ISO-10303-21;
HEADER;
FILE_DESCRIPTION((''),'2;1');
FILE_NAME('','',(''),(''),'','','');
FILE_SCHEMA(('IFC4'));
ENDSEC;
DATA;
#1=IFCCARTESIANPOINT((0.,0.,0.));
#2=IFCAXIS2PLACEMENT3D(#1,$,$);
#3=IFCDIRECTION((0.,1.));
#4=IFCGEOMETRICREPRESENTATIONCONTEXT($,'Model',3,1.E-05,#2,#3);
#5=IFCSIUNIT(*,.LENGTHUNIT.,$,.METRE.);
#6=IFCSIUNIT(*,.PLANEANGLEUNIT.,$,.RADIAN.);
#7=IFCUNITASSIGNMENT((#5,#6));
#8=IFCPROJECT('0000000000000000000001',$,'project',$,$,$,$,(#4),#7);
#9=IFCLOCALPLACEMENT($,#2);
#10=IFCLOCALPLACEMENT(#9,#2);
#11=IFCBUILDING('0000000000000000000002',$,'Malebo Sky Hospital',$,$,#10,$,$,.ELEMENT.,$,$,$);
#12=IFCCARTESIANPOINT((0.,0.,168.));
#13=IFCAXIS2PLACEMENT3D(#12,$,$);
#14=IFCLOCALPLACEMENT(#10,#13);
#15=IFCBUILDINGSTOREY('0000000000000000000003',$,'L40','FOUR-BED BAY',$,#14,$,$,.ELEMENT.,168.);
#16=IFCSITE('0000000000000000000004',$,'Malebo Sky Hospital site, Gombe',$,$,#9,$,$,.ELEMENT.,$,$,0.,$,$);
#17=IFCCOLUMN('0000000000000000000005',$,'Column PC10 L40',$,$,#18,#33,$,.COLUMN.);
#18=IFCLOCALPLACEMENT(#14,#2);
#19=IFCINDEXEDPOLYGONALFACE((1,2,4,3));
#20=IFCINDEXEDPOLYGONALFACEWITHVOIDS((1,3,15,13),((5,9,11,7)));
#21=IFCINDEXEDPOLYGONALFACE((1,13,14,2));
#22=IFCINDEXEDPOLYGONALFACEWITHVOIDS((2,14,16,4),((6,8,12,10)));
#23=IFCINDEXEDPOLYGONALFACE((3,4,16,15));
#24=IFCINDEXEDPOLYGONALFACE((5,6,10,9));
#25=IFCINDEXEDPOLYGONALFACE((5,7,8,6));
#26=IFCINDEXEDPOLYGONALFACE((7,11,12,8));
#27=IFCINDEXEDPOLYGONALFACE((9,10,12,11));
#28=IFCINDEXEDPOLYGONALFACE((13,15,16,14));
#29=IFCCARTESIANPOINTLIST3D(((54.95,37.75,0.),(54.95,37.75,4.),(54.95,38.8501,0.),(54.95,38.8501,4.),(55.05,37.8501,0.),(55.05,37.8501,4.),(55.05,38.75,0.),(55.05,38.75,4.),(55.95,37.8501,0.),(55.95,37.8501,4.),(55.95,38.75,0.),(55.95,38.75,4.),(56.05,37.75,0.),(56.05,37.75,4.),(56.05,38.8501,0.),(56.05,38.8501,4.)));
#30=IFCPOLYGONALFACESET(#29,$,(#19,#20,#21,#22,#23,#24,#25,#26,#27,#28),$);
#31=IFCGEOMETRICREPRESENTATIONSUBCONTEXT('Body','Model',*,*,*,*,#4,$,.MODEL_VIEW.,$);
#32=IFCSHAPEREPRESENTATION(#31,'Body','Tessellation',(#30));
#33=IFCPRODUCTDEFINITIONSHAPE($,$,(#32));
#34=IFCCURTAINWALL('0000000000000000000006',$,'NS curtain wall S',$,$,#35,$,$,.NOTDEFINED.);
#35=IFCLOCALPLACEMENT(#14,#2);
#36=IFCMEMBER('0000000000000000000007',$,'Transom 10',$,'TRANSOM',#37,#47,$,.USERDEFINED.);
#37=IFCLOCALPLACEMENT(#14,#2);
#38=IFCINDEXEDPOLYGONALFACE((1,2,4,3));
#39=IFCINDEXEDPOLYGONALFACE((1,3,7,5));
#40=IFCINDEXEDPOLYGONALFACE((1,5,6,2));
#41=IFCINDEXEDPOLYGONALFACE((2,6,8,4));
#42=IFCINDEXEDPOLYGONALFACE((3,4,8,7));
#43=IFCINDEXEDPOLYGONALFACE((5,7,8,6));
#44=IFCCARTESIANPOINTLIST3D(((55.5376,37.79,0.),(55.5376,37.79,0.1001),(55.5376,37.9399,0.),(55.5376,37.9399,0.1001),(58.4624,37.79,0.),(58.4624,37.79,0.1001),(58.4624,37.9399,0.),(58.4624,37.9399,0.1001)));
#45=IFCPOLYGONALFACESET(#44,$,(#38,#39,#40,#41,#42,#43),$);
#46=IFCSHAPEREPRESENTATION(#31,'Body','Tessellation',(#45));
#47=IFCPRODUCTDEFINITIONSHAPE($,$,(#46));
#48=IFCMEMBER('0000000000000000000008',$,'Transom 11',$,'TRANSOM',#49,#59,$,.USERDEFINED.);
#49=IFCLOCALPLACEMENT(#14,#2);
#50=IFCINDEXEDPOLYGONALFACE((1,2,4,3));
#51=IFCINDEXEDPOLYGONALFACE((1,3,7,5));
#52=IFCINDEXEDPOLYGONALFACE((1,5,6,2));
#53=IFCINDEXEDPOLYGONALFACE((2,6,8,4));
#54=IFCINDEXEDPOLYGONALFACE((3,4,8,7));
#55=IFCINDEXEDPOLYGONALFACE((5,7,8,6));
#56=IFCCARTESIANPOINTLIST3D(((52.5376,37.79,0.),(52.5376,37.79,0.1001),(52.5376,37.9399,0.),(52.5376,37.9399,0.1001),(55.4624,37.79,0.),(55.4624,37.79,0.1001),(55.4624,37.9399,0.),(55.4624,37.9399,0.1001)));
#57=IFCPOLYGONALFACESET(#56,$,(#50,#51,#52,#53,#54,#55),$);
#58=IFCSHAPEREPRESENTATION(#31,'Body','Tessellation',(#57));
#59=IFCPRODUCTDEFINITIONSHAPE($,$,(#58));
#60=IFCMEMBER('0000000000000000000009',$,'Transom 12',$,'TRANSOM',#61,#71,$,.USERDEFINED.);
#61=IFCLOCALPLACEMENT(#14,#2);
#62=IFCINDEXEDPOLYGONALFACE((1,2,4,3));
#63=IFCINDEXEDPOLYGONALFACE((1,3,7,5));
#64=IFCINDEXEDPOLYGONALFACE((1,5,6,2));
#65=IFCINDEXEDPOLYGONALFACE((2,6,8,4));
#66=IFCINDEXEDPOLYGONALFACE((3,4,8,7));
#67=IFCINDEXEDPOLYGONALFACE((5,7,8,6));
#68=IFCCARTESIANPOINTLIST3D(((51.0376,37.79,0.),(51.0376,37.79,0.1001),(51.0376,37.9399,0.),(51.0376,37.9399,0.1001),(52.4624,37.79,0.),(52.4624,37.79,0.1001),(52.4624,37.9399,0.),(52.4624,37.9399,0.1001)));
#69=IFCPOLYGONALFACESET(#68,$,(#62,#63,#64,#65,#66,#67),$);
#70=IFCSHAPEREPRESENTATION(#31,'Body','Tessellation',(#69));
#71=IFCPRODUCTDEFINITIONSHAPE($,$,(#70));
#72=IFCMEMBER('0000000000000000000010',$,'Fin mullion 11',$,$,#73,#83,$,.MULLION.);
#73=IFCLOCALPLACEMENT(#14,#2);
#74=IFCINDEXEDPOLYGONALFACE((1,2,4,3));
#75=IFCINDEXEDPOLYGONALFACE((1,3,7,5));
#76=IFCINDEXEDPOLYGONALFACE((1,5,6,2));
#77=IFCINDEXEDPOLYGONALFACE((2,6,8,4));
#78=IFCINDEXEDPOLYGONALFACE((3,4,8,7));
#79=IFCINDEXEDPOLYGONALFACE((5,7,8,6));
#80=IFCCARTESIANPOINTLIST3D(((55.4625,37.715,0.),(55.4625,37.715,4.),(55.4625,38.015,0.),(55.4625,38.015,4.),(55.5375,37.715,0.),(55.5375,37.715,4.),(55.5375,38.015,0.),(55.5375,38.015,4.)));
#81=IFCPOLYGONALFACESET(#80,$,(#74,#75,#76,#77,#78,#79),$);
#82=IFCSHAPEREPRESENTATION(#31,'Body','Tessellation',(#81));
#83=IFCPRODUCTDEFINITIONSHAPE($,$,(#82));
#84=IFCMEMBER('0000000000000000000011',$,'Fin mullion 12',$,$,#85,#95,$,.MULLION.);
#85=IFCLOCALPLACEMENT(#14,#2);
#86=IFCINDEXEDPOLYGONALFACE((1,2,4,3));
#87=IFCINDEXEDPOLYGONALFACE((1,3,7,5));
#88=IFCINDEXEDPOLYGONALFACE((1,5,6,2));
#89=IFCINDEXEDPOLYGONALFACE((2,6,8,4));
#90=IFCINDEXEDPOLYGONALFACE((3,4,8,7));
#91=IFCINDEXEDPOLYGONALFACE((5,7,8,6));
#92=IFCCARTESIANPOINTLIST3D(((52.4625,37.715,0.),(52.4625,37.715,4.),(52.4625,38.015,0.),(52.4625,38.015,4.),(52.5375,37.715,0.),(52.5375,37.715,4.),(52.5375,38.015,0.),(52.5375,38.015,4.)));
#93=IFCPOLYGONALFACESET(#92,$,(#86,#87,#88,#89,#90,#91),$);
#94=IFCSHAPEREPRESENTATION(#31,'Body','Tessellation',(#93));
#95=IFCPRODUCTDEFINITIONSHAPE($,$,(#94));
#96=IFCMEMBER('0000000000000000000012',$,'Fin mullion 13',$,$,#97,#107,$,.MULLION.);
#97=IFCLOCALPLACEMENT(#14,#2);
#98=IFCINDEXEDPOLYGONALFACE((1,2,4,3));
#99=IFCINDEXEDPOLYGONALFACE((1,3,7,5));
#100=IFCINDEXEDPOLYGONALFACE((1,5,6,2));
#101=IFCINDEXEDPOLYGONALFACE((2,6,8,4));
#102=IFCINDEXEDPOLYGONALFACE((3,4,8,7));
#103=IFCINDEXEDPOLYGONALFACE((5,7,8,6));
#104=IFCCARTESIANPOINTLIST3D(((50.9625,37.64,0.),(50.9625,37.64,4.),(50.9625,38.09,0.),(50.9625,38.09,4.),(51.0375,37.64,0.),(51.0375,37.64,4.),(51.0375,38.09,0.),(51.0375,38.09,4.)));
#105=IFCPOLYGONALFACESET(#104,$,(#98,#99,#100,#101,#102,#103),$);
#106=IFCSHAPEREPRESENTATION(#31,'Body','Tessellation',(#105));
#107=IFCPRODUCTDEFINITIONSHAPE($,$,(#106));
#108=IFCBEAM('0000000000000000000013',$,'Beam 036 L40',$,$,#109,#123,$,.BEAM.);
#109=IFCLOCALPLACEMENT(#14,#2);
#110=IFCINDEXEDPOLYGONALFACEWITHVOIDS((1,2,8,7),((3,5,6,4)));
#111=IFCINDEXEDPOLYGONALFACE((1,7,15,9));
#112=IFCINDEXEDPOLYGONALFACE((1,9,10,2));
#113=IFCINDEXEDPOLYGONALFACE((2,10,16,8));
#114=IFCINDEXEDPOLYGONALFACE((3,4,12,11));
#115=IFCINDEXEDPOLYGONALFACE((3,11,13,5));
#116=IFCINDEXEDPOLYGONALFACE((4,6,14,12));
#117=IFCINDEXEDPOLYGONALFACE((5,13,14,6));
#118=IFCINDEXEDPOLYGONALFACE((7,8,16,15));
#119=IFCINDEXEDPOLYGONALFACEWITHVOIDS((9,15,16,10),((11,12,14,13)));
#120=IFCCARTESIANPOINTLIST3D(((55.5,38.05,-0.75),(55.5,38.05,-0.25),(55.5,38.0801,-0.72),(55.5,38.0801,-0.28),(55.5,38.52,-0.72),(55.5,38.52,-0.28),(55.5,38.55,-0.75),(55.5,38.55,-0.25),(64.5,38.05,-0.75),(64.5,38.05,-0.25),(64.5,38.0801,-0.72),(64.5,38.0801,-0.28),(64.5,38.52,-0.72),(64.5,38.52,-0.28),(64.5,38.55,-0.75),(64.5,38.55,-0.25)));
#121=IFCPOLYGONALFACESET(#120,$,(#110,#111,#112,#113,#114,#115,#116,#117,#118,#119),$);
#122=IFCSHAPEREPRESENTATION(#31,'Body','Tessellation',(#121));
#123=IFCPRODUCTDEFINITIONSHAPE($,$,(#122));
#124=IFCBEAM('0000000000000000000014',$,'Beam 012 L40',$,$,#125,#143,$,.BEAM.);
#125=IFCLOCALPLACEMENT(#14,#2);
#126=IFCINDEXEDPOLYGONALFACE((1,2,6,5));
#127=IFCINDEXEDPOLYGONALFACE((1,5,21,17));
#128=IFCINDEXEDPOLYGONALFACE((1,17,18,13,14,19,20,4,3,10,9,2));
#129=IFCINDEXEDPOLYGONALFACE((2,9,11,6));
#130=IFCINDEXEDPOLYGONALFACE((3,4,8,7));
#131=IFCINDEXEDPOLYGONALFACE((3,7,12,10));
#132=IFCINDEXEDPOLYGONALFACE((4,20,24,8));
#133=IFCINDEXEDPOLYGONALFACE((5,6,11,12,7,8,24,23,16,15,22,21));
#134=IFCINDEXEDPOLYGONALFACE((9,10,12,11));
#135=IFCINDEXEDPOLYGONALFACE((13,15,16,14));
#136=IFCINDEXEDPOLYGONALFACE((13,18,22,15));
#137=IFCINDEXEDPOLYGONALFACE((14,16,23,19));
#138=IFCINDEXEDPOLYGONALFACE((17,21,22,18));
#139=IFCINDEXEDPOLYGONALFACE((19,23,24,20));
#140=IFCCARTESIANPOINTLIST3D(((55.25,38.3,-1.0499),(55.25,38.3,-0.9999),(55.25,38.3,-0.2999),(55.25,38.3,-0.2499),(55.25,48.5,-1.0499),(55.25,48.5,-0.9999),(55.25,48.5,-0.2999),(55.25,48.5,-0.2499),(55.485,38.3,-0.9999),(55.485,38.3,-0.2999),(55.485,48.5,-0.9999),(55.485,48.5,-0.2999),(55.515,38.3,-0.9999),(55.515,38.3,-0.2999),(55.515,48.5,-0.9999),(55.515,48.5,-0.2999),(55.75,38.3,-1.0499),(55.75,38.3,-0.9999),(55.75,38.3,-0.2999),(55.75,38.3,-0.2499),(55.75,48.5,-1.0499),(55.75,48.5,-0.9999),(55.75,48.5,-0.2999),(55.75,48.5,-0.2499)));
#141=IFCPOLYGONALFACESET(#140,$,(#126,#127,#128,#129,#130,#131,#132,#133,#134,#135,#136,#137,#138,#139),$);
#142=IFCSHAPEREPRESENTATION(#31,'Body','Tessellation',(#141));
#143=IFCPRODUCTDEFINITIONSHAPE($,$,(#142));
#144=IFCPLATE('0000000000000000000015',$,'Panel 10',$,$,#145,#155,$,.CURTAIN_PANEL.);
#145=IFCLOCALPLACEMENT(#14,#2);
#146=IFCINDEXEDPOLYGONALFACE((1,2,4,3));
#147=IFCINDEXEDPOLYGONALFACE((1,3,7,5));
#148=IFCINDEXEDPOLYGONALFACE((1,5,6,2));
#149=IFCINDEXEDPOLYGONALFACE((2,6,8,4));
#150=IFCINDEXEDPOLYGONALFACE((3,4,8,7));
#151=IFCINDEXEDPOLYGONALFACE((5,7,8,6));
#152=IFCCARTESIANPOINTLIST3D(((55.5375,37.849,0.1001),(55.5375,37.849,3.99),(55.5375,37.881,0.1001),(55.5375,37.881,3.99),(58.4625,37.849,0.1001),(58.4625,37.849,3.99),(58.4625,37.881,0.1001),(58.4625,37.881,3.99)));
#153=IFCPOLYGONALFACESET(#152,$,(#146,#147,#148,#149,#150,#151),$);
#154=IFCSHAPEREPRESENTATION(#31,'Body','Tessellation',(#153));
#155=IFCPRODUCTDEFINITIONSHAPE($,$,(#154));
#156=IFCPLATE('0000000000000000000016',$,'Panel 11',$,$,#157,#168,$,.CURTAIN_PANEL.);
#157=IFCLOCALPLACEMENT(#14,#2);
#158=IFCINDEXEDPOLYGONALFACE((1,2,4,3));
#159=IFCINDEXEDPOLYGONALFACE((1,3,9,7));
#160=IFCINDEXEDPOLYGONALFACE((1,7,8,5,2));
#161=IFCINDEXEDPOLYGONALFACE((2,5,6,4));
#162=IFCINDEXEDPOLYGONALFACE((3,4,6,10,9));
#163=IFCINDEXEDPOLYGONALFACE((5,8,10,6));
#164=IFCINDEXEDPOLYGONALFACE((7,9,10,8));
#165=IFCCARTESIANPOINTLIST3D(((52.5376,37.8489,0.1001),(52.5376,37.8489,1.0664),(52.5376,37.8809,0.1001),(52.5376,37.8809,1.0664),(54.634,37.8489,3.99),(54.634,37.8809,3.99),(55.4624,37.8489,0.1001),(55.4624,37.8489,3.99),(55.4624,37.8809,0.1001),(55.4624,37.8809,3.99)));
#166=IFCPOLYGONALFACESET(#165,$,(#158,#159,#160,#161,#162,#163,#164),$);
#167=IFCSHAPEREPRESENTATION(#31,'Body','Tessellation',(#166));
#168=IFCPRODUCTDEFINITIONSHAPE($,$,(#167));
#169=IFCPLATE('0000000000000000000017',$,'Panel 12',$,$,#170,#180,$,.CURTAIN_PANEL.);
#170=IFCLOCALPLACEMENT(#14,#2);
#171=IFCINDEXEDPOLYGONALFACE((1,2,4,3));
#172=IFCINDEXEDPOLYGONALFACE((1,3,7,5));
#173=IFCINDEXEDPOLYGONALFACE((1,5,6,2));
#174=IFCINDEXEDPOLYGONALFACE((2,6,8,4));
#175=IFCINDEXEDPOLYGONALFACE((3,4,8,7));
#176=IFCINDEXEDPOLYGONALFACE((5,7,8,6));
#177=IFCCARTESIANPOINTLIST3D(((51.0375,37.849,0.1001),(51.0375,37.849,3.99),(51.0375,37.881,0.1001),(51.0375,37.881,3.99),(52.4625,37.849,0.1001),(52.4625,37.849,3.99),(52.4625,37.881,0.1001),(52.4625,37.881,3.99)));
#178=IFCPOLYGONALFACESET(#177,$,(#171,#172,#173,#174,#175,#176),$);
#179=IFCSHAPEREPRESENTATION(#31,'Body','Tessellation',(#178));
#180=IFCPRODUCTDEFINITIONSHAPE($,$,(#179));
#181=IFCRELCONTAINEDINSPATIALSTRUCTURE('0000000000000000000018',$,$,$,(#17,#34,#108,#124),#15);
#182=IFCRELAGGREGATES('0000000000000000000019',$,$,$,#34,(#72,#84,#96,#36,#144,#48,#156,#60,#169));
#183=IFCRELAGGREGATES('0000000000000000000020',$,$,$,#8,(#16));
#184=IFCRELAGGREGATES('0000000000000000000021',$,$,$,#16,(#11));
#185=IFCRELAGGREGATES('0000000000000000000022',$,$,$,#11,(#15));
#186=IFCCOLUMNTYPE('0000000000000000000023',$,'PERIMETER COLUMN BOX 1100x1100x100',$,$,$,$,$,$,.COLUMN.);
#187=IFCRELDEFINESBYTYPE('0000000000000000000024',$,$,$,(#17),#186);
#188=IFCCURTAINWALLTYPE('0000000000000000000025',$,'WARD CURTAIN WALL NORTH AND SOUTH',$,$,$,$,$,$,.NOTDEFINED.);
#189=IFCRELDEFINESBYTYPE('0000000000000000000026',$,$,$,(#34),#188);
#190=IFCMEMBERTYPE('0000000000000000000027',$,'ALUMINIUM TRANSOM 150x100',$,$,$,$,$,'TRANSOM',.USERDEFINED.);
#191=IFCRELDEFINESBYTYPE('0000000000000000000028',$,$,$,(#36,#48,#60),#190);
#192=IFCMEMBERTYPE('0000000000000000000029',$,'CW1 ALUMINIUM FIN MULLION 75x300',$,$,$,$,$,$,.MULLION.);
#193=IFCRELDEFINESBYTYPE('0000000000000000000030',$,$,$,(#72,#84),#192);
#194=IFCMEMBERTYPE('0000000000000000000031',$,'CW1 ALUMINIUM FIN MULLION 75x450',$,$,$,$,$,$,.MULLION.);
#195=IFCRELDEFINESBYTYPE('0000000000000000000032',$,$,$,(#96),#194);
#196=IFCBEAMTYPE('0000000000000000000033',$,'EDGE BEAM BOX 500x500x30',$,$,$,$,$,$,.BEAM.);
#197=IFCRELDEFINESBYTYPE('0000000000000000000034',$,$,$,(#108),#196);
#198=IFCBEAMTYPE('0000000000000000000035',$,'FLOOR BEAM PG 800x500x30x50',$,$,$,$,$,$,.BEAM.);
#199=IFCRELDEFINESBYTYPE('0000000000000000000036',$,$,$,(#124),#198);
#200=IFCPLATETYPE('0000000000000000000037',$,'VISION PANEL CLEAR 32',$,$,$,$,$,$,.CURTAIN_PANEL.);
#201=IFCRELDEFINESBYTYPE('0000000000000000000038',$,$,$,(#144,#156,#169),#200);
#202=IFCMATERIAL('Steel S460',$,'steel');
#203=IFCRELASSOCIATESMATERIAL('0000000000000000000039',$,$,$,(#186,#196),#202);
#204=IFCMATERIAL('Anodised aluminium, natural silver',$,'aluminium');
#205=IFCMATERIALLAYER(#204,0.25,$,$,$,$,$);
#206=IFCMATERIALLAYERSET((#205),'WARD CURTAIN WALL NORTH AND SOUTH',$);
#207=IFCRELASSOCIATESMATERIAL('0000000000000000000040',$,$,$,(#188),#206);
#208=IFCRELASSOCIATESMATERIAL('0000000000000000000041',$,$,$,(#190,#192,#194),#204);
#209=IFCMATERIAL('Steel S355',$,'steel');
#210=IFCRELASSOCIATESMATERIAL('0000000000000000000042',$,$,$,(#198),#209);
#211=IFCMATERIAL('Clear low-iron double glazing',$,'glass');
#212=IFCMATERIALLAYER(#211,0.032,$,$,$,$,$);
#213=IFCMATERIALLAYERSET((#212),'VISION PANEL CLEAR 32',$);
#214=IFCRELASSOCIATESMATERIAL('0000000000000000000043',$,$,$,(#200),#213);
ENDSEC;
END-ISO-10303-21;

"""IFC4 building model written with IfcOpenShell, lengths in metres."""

from ifc_helpers import new_model, si_unit, direction, frame, origin, origin_2d, place, context, subcontext, project, spatial, polyline, rectangle, hollow_rectangle, i_section, outline, extrude, material, layer, layer_set, material_profile, profile_set, type_object, element, aggregate, save


model = new_model("IFC4")

# Units and contexts
model_context = context("Model", 3, precision=1e-05, world=origin(), true_north=direction((0.0, 1.0)))
body_context = subcontext(model_context, "Body", "Model", "MODEL_VIEW")
ifc_project = project(units=[si_unit("LENGTHUNIT", "METRE"), si_unit("PLANEANGLEUNIT", "RADIAN")], contexts=[model_context])

# Site, building, storey
site_placement = place(None, origin())
site = spatial("IfcSite", under=ifc_project, at=site_placement, Name="Malebo Sky Hospital site, Gombe", CompositionType="ELEMENT", RefElevation=0.0)
building_placement = place(site_placement, origin())
building = spatial("IfcBuilding", under=site, at=building_placement, Name="Malebo Sky Hospital", CompositionType="ELEMENT")
storey_placement = place(building_placement, frame((0.0, 0.0, 168.0)))
storey = spatial("IfcBuildingStorey", under=building, at=storey_placement, Name="L40", Description="FOUR-BED BAY", CompositionType="ELEMENT", Elevation=168.0)

# Column
ifc_material_1 = material(Name="Steel S460", Category="steel")
ifc_material_profile_1 = material_profile(ifc_material_1, hollow_rectangle(XDim=1.1001, YDim=1.1001, WallThickness=0.1001, at=origin_2d()), Name="BOX 1100x1100x100")
ifc_profile_set_1 = profile_set([ifc_material_profile_1], Name="Steel S460")
column_type = type_object("IfcColumnType", Name="PERIMETER COLUMN BOX 1100x1100x100", PredefinedType="COLUMN", material=ifc_profile_set_1)
column_placement = place(storey_placement, frame((55.5, 38.3, 0.0), z_axis=(0.0, 0.0, 1.0), x_axis=(1.0, 0.0, 0.0)))
element("IfcColumn", 1, at=column_placement, inside=storey, type_object=column_type, Name="Column PC10 L40", PredefinedType="COLUMN", context=body_context, shape_type="SweptSolid", body=[
    extrude(hollow_rectangle(XDim=1.1001, YDim=1.1001, WallThickness=0.1001, at=origin_2d()), origin(), (0.0, 0.0, 1.0), 4.0),
])

# Curtain wall, members
ifc_material_2 = material(Name="Anodised aluminium, natural silver", Category="aluminium")
ifc_layer_1 = layer(ifc_material_2, 0.25)
ifc_layer_set_1 = layer_set([ifc_layer_1], Name="WARD CURTAIN WALL NORTH AND SOUTH")
curtain_wall_type = type_object("IfcCurtainWallType", Name="WARD CURTAIN WALL NORTH AND SOUTH", PredefinedType="NOTDEFINED", material=ifc_layer_set_1)
curtain_wall_placement = place(storey_placement, origin())
curtain_wall = element("IfcCurtainWall", 2, at=curtain_wall_placement, inside=storey, type_object=curtain_wall_type, Name="NS curtain wall S", PredefinedType="NOTDEFINED")
ifc_material_profile_2 = material_profile(ifc_material_2, rectangle(XDim=0.1499, YDim=0.1001, at=origin_2d()), Name="ALUMINIUM TRANSOM 150x100")
ifc_profile_set_2 = profile_set([ifc_material_profile_2], Name="Anodised aluminium, natural silver")
member_type_1 = type_object("IfcMemberType", Name="ALUMINIUM TRANSOM 150x100", ElementType="TRANSOM", PredefinedType="USERDEFINED", material=ifc_profile_set_2)
member_1_placement = place(storey_placement, frame((58.4624, 37.865, 0.05), z_axis=(-1.0, 0.0, 0.0), x_axis=(0.0, -1.0, 0.0)))
member_1 = element("IfcMember", 3, at=member_1_placement, type_object=member_type_1, Name="Transom 10", ObjectType="TRANSOM", PredefinedType="USERDEFINED", context=body_context, shape_type="SweptSolid", body=[
    extrude(rectangle(XDim=0.1499, YDim=0.1001, at=origin_2d()), origin(), (0.0, 0.0, 1.0), 2.9248),
])
member_2_placement = place(storey_placement, frame((55.4624, 37.865, 0.05), z_axis=(-1.0, 0.0, 0.0), x_axis=(0.0, -1.0, 0.0)))
member_2 = element("IfcMember", 4, at=member_2_placement, type_object=member_type_1, Name="Transom 11", ObjectType="TRANSOM", PredefinedType="USERDEFINED", context=body_context, shape_type="SweptSolid", body=[
    extrude(rectangle(XDim=0.1499, YDim=0.1001, at=origin_2d()), origin(), (0.0, 0.0, 1.0), 2.9248),
])
member_3_placement = place(storey_placement, frame((52.4624, 37.865, 0.05), z_axis=(-1.0, 0.0, 0.0), x_axis=(0.0, -1.0, 0.0)))
member_3 = element("IfcMember", 5, at=member_3_placement, type_object=member_type_1, Name="Transom 12", ObjectType="TRANSOM", PredefinedType="USERDEFINED", context=body_context, shape_type="SweptSolid", body=[
    extrude(rectangle(XDim=0.1499, YDim=0.1001, at=origin_2d()), origin(), (0.0, 0.0, 1.0), 1.4248),
])
ifc_material_profile_3 = material_profile(ifc_material_2, rectangle(XDim=0.075, YDim=0.3, at=origin_2d()), Name="CW1 ALUMINIUM FIN MULLION 75x300")
ifc_profile_set_3 = profile_set([ifc_material_profile_3], Name="Anodised aluminium, natural silver")
member_type_2 = type_object("IfcMemberType", Name="CW1 ALUMINIUM FIN MULLION 75x300", PredefinedType="MULLION", material=ifc_profile_set_3)
member_4_placement = place(storey_placement, frame((55.5, 37.865, 0.0), z_axis=(0.0, 0.0, 1.0), x_axis=(-1.0, 0.0, 0.0)))
member_4 = element("IfcMember", 6, at=member_4_placement, type_object=member_type_2, Name="Fin mullion 11", PredefinedType="MULLION", context=body_context, shape_type="SweptSolid", body=[
    extrude(rectangle(XDim=0.075, YDim=0.3, at=origin_2d()), origin(), (0.0, 0.0, 1.0), 4.0),
])
member_5_placement = place(storey_placement, frame((52.5, 37.865, 0.0), z_axis=(0.0, 0.0, 1.0), x_axis=(-1.0, 0.0, 0.0)))
member_5 = element("IfcMember", 7, at=member_5_placement, type_object=member_type_2, Name="Fin mullion 12", PredefinedType="MULLION", context=body_context, shape_type="SweptSolid", body=[
    extrude(rectangle(XDim=0.075, YDim=0.3, at=origin_2d()), origin(), (0.0, 0.0, 1.0), 4.0),
])
ifc_material_profile_4 = material_profile(ifc_material_2, rectangle(XDim=0.075, YDim=0.45, at=origin_2d()), Name="CW1 ALUMINIUM FIN MULLION 75x450")
ifc_profile_set_4 = profile_set([ifc_material_profile_4], Name="Anodised aluminium, natural silver")
member_type_3 = type_object("IfcMemberType", Name="CW1 ALUMINIUM FIN MULLION 75x450", PredefinedType="MULLION", material=ifc_profile_set_4)
member_6_placement = place(storey_placement, frame((51.0, 37.865, 0.0), z_axis=(0.0, 0.0, 1.0), x_axis=(-1.0, 0.0, 0.0)))
member_6 = element("IfcMember", 8, at=member_6_placement, type_object=member_type_3, Name="Fin mullion 13", PredefinedType="MULLION", context=body_context, shape_type="SweptSolid", body=[
    extrude(rectangle(XDim=0.075, YDim=0.45, at=origin_2d()), origin(), (0.0, 0.0, 1.0), 4.0),
])

# Beams
ifc_material_profile_5 = material_profile(ifc_material_1, hollow_rectangle(XDim=0.5, YDim=0.5, WallThickness=0.03, at=origin_2d()), Name="BOX 500x500x30")
ifc_profile_set_5 = profile_set([ifc_material_profile_5], Name="Steel S460")
beam_type_1 = type_object("IfcBeamType", Name="EDGE BEAM BOX 500x500x30", PredefinedType="BEAM", material=ifc_profile_set_5)
beam_1_placement = place(storey_placement, frame((55.5, 38.3, -0.5), z_axis=(1.0, 0.0, 0.0), x_axis=(0.0, 1.0, 0.0)))
element("IfcBeam", 9, at=beam_1_placement, inside=storey, type_object=beam_type_1, Name="Beam 036 L40", PredefinedType="BEAM", context=body_context, shape_type="SweptSolid", body=[
    extrude(hollow_rectangle(XDim=0.5, YDim=0.5, WallThickness=0.03, at=origin_2d()), origin(), (0.0, 0.0, 1.0), 9.0),
])
ifc_material_3 = material(Name="Steel S355", Category="steel")
ifc_material_profile_6 = material_profile(ifc_material_3, i_section(OverallWidth=0.5, OverallDepth=0.8, WebThickness=0.03, FlangeThickness=0.05, at=origin_2d()), Name="PG 800x500x30x50")
ifc_profile_set_6 = profile_set([ifc_material_profile_6], Name="Steel S355")
beam_type_2 = type_object("IfcBeamType", Name="FLOOR BEAM PG 800x500x30x50", PredefinedType="BEAM", material=ifc_profile_set_6)
beam_2_placement = place(storey_placement, frame((55.5, 38.3, -0.6499), z_axis=(0.0, 1.0, 0.0), x_axis=(-1.0, 0.0, 0.0)))
element("IfcBeam", 10, at=beam_2_placement, inside=storey, type_object=beam_type_2, Name="Beam 012 L40", PredefinedType="BEAM", context=body_context, shape_type="SweptSolid", body=[
    extrude(i_section(OverallWidth=0.5, OverallDepth=0.8, WebThickness=0.03, FlangeThickness=0.05, at=origin_2d()), origin(), (0.0, 0.0, 1.0), 10.2),
])

# Plates
ifc_material_4 = material(Name="Clear low-iron double glazing", Category="glass")
ifc_layer_2 = layer(ifc_material_4, 0.032)
ifc_layer_set_2 = layer_set([ifc_layer_2], Name="VISION PANEL CLEAR 32")
plate_type = type_object("IfcPlateType", Name="VISION PANEL CLEAR 32", PredefinedType="CURTAIN_PANEL", material=ifc_layer_set_2)
plate_1_placement = place(storey_placement, frame((57.0, 37.865, 0.1001), z_axis=(0.0, 0.0, 1.0), x_axis=(-1.0, 0.0, 0.0)))
plate_1 = element("IfcPlate", 11, at=plate_1_placement, type_object=plate_type, Name="Panel 10", PredefinedType="CURTAIN_PANEL", context=body_context, shape_type="SweptSolid", body=[
    extrude(rectangle(XDim=2.925, YDim=0.032, at=origin_2d()), origin(), (0.0, 0.0, 1.0), 3.8899),
])
plate_2_placement = place(storey_placement, frame((54.0, 37.865, 0.1001), z_axis=(0.0, 0.0, 1.0), x_axis=(-1.0, 0.0, 0.0)))
plate_2 = element("IfcPlate", 12, at=plate_2_placement, type_object=plate_type, Name="Panel 11", PredefinedType="CURTAIN_PANEL", context=body_context, shape_type="SweptSolid", body=[
    extrude(outline(polyline([(-1.4624, 0.0), (1.4624, 0.0), (1.4624, 0.9663), (-0.634, 3.8899), (-1.4624, 3.8899), (-1.4624, 0.0)])), frame((0.0, 0.0161, 0.0), z_axis=(0.0, -1.0, 0.0), x_axis=(1.0, 0.0, 0.0)), (0.0, 0.0, 1.0), 0.032),
])
plate_3_placement = place(storey_placement, frame((51.75, 37.865, 0.1001), z_axis=(0.0, 0.0, 1.0), x_axis=(-1.0, 0.0, 0.0)))
plate_3 = element("IfcPlate", 13, at=plate_3_placement, type_object=plate_type, Name="Panel 12", PredefinedType="CURTAIN_PANEL", context=body_context, shape_type="SweptSolid", body=[
    extrude(rectangle(XDim=1.425, YDim=0.032, at=origin_2d()), origin(), (0.0, 0.0, 1.0), 3.8899),
])
aggregate(curtain_wall, [member_4, member_5, member_6, member_1, plate_1, member_2, plate_2, member_3, plate_3])

save(model, "model.ifc")
